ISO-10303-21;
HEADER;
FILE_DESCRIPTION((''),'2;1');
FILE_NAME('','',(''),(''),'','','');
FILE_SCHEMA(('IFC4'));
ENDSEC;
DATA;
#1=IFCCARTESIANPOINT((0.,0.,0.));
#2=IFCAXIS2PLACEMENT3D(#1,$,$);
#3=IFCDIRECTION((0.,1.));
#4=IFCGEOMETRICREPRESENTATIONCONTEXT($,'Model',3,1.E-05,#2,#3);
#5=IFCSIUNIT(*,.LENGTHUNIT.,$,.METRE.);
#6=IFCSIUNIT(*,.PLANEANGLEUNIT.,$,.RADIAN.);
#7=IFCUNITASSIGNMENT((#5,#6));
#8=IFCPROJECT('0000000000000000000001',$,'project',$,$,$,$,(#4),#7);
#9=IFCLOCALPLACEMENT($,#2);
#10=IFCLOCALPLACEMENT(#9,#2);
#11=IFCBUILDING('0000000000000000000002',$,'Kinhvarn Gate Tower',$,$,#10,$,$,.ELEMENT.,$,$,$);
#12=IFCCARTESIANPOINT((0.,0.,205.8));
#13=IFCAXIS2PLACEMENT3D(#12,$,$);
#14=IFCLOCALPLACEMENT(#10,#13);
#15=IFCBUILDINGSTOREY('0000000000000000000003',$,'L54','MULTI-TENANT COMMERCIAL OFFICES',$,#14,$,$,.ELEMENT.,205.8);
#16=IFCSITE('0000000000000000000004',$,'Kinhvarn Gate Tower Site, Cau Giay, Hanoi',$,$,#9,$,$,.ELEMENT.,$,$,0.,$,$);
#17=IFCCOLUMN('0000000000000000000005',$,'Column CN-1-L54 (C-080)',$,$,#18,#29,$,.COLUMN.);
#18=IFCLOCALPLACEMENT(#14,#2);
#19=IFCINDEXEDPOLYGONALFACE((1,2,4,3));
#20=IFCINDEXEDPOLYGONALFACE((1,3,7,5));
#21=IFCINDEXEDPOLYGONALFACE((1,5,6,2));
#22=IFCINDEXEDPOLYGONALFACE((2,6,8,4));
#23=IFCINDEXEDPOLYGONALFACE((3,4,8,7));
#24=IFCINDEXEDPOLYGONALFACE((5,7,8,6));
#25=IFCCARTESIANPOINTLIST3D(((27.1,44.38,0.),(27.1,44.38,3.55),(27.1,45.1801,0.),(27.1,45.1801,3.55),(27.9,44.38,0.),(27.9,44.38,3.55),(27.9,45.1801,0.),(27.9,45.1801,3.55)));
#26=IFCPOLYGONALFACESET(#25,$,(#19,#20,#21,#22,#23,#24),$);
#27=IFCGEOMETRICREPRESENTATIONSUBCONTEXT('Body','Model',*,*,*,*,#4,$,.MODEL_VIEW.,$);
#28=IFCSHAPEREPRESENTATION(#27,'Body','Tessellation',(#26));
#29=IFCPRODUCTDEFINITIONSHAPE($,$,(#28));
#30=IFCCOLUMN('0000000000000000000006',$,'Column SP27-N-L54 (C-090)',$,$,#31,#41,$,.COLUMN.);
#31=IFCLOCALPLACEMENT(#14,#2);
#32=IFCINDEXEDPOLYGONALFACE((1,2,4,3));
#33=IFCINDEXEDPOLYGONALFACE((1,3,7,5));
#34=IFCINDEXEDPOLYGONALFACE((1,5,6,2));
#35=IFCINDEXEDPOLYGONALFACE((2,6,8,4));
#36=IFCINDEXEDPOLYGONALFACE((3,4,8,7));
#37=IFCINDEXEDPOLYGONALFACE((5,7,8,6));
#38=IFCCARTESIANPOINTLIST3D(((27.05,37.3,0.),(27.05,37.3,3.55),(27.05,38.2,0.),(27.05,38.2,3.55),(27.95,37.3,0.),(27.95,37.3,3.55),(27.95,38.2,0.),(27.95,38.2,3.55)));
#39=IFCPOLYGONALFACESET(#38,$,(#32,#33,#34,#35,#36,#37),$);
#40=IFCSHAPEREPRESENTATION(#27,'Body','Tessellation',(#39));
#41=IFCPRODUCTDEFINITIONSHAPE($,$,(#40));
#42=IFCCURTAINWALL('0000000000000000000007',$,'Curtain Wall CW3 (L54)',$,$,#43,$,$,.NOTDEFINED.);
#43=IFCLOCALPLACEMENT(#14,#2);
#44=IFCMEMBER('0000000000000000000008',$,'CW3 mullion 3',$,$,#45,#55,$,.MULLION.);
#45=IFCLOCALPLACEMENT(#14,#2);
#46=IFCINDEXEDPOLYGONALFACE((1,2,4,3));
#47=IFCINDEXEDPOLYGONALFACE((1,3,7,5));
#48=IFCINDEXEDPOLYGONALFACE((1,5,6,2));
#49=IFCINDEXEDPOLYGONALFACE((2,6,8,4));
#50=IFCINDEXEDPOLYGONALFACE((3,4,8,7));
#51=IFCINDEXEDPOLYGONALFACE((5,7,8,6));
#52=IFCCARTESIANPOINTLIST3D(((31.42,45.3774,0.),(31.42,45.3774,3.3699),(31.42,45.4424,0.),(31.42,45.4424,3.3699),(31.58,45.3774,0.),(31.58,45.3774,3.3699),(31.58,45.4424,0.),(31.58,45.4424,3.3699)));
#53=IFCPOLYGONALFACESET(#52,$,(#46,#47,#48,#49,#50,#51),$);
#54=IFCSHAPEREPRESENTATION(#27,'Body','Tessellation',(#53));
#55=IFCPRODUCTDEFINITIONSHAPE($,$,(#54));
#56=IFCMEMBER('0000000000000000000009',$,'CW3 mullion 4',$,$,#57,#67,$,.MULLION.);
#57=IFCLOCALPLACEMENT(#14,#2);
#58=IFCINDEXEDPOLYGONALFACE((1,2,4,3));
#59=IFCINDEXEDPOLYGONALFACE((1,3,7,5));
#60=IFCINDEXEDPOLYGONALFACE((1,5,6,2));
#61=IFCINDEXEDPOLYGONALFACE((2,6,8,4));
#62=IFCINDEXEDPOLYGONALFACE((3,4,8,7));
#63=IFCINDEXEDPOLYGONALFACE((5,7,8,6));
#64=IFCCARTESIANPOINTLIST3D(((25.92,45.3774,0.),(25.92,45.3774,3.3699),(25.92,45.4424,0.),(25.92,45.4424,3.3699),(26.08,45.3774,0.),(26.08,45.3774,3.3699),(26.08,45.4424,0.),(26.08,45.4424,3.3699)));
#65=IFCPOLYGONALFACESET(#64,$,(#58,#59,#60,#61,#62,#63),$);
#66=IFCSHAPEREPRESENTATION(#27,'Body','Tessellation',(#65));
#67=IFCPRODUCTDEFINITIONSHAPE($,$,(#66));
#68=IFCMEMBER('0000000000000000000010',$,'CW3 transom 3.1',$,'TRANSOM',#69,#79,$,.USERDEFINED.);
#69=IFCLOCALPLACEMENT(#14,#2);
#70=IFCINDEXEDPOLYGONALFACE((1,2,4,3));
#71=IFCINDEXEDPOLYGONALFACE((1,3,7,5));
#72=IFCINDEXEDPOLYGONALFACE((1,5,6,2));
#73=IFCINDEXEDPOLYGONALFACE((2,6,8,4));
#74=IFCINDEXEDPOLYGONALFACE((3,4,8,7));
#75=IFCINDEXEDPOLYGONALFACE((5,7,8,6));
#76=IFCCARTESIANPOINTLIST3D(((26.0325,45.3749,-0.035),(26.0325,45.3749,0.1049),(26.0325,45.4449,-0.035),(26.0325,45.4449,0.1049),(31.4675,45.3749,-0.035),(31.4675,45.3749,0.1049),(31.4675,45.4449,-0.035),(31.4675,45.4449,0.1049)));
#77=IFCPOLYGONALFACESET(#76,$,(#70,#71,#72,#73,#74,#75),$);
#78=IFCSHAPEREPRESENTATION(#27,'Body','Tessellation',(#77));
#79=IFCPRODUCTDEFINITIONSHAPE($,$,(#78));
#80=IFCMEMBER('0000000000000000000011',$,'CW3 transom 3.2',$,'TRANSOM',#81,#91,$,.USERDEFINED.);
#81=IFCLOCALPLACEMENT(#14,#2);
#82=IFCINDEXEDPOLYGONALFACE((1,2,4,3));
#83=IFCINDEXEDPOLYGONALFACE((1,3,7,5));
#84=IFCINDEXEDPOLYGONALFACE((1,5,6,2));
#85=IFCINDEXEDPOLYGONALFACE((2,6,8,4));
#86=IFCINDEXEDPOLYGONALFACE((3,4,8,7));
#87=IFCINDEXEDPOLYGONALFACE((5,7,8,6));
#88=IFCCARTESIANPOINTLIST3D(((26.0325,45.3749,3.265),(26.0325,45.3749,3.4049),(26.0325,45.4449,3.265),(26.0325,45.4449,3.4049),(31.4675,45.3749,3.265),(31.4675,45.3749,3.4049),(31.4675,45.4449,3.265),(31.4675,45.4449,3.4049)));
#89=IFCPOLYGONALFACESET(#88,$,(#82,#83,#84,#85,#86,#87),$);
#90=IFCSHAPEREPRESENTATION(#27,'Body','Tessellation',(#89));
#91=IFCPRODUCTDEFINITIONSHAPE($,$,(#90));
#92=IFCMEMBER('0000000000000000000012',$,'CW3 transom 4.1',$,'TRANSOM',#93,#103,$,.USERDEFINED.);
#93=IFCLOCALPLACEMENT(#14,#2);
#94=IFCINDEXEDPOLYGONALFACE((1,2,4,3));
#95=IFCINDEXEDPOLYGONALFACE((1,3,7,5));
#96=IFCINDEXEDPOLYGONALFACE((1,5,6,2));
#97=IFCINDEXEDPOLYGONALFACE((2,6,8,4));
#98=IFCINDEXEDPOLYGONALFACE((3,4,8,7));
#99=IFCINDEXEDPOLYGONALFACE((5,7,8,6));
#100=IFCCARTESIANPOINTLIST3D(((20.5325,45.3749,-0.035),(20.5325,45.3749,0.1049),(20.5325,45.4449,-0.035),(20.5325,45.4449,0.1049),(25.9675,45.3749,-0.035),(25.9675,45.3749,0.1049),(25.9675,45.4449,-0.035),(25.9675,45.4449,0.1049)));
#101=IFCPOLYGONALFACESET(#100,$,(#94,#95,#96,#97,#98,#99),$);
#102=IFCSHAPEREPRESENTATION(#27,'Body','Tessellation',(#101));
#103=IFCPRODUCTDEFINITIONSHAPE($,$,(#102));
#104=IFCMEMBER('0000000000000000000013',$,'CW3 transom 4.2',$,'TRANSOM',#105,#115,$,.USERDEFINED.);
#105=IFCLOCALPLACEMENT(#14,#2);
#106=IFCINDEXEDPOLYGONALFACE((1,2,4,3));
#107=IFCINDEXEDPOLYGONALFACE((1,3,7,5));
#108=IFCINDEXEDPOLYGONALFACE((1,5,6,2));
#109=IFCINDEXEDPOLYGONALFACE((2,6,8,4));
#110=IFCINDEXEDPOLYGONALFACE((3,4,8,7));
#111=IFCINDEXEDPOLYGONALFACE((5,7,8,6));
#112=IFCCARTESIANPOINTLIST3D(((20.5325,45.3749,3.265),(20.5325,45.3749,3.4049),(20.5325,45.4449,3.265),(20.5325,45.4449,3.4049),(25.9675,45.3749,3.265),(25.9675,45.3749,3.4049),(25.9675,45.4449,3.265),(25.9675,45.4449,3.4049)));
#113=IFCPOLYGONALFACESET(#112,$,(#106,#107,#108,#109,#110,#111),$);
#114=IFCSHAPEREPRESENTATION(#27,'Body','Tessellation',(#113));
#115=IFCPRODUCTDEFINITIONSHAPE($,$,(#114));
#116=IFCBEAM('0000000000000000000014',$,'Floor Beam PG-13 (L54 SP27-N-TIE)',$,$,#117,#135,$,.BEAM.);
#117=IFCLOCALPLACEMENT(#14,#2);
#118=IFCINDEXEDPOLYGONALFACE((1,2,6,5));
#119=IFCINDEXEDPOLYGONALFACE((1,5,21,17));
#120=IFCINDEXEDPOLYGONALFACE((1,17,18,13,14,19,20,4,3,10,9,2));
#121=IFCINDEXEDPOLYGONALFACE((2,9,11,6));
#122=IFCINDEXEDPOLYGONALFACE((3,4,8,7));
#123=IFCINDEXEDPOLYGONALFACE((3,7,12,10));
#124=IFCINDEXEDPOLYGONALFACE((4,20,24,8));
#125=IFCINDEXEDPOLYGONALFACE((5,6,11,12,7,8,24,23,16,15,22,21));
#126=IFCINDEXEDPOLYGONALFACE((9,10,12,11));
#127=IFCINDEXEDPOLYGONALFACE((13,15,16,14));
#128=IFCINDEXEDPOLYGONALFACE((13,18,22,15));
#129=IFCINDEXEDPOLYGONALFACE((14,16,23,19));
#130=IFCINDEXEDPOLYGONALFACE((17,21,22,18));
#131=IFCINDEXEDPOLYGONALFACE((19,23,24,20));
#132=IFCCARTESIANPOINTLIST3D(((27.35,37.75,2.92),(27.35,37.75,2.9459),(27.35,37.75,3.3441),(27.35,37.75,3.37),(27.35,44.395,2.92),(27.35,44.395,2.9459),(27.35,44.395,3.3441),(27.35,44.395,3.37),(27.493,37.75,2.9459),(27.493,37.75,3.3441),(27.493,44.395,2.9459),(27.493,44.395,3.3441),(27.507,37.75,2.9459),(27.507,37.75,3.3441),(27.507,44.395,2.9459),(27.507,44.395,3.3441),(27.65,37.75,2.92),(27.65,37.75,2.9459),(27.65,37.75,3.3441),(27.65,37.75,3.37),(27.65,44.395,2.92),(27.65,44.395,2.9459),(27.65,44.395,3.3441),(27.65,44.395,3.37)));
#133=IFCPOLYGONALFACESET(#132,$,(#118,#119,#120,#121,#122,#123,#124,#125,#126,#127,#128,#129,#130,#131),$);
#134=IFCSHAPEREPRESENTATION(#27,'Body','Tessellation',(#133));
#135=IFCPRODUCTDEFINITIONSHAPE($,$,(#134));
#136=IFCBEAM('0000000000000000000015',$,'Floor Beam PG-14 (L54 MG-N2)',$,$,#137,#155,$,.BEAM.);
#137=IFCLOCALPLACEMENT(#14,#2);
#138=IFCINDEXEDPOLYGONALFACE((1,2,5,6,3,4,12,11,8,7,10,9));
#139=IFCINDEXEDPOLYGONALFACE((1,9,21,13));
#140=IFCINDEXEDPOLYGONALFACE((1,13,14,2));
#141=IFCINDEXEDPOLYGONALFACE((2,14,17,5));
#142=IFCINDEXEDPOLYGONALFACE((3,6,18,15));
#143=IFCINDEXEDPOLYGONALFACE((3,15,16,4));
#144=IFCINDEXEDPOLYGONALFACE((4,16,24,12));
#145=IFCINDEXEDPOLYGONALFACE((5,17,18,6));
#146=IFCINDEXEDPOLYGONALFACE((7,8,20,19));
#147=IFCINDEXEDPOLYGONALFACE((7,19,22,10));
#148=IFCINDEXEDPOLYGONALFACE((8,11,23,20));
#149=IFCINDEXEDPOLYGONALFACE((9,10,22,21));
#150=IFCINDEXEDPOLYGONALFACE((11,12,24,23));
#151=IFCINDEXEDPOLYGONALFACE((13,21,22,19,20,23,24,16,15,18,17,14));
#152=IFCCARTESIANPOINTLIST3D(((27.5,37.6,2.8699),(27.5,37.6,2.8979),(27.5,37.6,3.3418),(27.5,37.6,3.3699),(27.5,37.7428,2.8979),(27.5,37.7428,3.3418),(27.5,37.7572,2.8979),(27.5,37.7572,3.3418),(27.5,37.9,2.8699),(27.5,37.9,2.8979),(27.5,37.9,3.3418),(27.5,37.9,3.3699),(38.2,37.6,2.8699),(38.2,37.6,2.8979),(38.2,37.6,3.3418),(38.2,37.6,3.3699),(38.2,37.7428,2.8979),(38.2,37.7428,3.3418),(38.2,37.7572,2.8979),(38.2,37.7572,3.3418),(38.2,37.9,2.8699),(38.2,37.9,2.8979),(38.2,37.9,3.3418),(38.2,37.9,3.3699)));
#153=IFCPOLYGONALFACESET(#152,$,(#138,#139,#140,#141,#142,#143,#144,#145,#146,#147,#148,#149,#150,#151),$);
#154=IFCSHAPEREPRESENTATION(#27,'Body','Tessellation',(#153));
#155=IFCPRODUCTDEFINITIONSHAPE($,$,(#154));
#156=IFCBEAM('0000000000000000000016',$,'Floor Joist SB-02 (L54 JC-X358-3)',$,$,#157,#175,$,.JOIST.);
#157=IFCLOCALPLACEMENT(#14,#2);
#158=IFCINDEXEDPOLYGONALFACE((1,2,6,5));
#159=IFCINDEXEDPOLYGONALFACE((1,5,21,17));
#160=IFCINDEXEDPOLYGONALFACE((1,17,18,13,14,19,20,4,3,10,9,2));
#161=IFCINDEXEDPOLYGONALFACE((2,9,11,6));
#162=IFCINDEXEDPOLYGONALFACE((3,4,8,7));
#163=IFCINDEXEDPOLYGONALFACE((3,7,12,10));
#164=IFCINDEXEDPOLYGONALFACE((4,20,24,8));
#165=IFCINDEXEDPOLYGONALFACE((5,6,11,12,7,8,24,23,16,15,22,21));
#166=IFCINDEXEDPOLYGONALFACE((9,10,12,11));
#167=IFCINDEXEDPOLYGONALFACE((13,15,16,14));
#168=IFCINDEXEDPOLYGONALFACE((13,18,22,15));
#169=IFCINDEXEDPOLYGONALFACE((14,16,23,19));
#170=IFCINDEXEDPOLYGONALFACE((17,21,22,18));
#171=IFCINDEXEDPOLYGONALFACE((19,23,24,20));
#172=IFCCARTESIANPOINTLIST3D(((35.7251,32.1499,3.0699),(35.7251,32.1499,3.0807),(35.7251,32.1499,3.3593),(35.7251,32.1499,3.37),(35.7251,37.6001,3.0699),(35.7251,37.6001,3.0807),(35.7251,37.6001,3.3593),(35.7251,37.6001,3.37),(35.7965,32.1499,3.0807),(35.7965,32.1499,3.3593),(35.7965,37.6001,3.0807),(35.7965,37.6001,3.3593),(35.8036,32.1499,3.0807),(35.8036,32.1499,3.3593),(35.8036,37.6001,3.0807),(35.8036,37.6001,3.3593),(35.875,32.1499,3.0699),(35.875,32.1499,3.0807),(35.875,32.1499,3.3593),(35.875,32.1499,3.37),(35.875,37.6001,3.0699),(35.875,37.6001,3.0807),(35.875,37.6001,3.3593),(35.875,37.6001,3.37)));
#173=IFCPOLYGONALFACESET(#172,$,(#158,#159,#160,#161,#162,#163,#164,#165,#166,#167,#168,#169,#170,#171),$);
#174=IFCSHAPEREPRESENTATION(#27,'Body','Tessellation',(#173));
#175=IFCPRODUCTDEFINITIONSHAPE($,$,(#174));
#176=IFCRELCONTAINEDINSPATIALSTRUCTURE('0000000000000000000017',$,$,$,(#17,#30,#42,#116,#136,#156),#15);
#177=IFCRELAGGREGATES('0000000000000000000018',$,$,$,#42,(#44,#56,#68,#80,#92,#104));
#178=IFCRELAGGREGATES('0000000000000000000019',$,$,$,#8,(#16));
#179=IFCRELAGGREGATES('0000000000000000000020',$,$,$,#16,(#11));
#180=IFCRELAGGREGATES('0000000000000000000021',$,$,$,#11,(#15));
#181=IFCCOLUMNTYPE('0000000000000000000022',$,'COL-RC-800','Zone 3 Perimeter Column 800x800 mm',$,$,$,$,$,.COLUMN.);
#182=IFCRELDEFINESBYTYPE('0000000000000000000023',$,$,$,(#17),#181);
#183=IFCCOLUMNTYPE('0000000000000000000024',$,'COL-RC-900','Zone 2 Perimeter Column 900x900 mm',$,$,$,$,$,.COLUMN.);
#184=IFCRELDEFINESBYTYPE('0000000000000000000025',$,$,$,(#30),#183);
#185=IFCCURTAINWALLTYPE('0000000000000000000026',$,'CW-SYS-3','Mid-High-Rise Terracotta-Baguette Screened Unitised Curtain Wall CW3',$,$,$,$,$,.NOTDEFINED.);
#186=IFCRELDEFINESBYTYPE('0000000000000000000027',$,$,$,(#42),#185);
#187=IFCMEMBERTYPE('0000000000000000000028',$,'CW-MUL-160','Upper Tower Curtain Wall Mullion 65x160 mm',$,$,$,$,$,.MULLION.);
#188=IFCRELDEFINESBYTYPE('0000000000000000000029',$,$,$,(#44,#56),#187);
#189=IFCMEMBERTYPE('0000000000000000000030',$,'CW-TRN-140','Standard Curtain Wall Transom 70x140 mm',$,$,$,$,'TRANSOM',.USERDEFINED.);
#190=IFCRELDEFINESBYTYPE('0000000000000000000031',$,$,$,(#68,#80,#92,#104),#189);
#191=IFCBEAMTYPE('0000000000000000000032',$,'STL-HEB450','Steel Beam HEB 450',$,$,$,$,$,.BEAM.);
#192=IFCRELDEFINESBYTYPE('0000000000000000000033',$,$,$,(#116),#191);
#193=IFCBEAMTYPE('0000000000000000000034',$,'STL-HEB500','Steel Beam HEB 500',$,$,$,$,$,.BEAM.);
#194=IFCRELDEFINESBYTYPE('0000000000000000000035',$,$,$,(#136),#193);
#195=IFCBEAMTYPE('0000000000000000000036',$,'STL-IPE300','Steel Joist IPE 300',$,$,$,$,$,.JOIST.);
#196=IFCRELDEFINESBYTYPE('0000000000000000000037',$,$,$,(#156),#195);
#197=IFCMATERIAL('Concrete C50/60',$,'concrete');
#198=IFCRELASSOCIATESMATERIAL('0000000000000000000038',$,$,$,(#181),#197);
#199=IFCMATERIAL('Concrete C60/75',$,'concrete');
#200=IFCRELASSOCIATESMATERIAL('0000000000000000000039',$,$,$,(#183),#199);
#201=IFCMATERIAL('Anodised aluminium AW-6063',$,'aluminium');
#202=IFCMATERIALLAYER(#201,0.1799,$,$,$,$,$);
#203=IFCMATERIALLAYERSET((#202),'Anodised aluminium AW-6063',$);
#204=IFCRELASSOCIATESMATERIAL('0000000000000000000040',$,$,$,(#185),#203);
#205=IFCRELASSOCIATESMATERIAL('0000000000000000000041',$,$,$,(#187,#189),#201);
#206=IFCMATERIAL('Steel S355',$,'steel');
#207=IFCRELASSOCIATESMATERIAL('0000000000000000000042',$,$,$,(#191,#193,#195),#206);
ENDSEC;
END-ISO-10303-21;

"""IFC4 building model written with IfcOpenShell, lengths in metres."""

from ifc_helpers import new_model, si_unit, direction, frame, origin, origin_2d, place, context, subcontext, project, spatial, rectangle, i_section, extrude, material, layer, layer_set, material_profile, profile_set, type_object, element, aggregate, save


model = new_model("IFC4")

# Units and contexts
model_context = context("Model", 3, precision=1e-05, world=origin(), true_north=direction((0.0, 1.0)))
body_context = subcontext(model_context, "Body", "Model", "MODEL_VIEW")
ifc_project = project(units=[si_unit("LENGTHUNIT", "METRE"), si_unit("PLANEANGLEUNIT", "RADIAN")], contexts=[model_context])

# Site, building, storey
site_placement = place(None, origin())
site = spatial("IfcSite", under=ifc_project, at=site_placement, Name="Kinhvarn Gate Tower Site, Cau Giay, Hanoi", CompositionType="ELEMENT", RefElevation=0.0)
building_placement = place(site_placement, origin())
building = spatial("IfcBuilding", under=site, at=building_placement, Name="Kinhvarn Gate Tower", CompositionType="ELEMENT")
storey_placement = place(building_placement, frame((0.0, 0.0, 205.8)))
storey = spatial("IfcBuildingStorey", under=building, at=storey_placement, Name="L54", Description="MULTI-TENANT COMMERCIAL OFFICES", CompositionType="ELEMENT", Elevation=205.8)

# Columns
ifc_material_1 = material(Name="Concrete C50/60", Category="concrete")
ifc_material_profile_1 = material_profile(ifc_material_1, rectangle(XDim=0.8, YDim=0.8, at=origin_2d()), Name="RC 800x800")
ifc_profile_set_1 = profile_set([ifc_material_profile_1], Name="Concrete C50/60")
column_type_1 = type_object("IfcColumnType", Name="COL-RC-800", Description="Zone 3 Perimeter Column 800x800 mm", PredefinedType="COLUMN", material=ifc_profile_set_1)
column_1_placement = place(storey_placement, frame((27.5, 44.78, 0.0), z_axis=(0.0, 0.0, 1.0), x_axis=(1.0, 0.0, 0.0)))
element("IfcColumn", 1, at=column_1_placement, inside=storey, type_object=column_type_1, Name="Column CN-1-L54 (C-080)", PredefinedType="COLUMN", context=body_context, shape_type="SweptSolid", body=[
    extrude(rectangle(XDim=0.8, YDim=0.8, at=origin_2d()), origin(), (0.0, 0.0, 1.0), 3.55),
])
ifc_material_2 = material(Name="Concrete C60/75", Category="concrete")
ifc_material_profile_2 = material_profile(ifc_material_2, rectangle(XDim=0.8999, YDim=0.8999, at=origin_2d()), Name="RC 900x900")
ifc_profile_set_2 = profile_set([ifc_material_profile_2], Name="Concrete C60/75")
column_type_2 = type_object("IfcColumnType", Name="COL-RC-900", Description="Zone 2 Perimeter Column 900x900 mm", PredefinedType="COLUMN", material=ifc_profile_set_2)
column_2_placement = place(storey_placement, frame((27.5, 37.75, 0.0), z_axis=(0.0, 0.0, 1.0), x_axis=(1.0, 0.0, 0.0)))
element("IfcColumn", 2, at=column_2_placement, inside=storey, type_object=column_type_2, Name="Column SP27-N-L54 (C-090)", PredefinedType="COLUMN", context=body_context, shape_type="SweptSolid", body=[
    extrude(rectangle(XDim=0.8999, YDim=0.8999, at=origin_2d()), origin(), (0.0, 0.0, 1.0), 3.55),
])

# Curtain wall, members
ifc_material_3 = material(Name="Anodised aluminium AW-6063", Category="aluminium")
ifc_layer_1 = layer(ifc_material_3, 0.1799)
ifc_layer_set_1 = layer_set([ifc_layer_1], Name="Anodised aluminium AW-6063")
curtain_wall_type = type_object("IfcCurtainWallType", Name="CW-SYS-3", Description="Mid-High-Rise Terracotta-Baguette Screened Unitised Curtain Wall CW3", PredefinedType="NOTDEFINED", material=ifc_layer_set_1)
curtain_wall_placement = place(storey_placement, origin())
curtain_wall = element("IfcCurtainWall", 3, at=curtain_wall_placement, inside=storey, type_object=curtain_wall_type, Name="Curtain Wall CW3 (L54)", PredefinedType="NOTDEFINED")
ifc_material_profile_3 = material_profile(ifc_material_3, rectangle(XDim=0.0649, YDim=0.1599, at=origin_2d()), Name="ALU 65x160")
ifc_profile_set_3 = profile_set([ifc_material_profile_3], Name="Anodised aluminium AW-6063")
member_type_1 = type_object("IfcMemberType", Name="CW-MUL-160", Description="Upper Tower Curtain Wall Mullion 65x160 mm", PredefinedType="MULLION", material=ifc_profile_set_3)
member_1_placement = place(storey_placement, frame((31.5, 45.4099, 0.0), z_axis=(0.0, 0.0, 1.0), x_axis=(0.0, -1.0, 0.0)))
member_1 = element("IfcMember", 4, at=member_1_placement, type_object=member_type_1, Name="CW3 mullion 3", PredefinedType="MULLION", context=body_context, shape_type="SweptSolid", body=[
    extrude(rectangle(XDim=0.0649, YDim=0.1599, at=origin_2d()), origin(), (0.0, 0.0, 1.0), 3.3699),
])
member_2_placement = place(storey_placement, frame((26.0, 45.4099, 0.0), z_axis=(0.0, 0.0, 1.0), x_axis=(0.0, -1.0, 0.0)))
member_2 = element("IfcMember", 5, at=member_2_placement, type_object=member_type_1, Name="CW3 mullion 4", PredefinedType="MULLION", context=body_context, shape_type="SweptSolid", body=[
    extrude(rectangle(XDim=0.0649, YDim=0.1599, at=origin_2d()), origin(), (0.0, 0.0, 1.0), 3.3699),
])
ifc_material_profile_4 = material_profile(ifc_material_3, rectangle(XDim=0.0701, YDim=0.1399, at=origin_2d()), Name="ALU 70x140")
ifc_profile_set_4 = profile_set([ifc_material_profile_4], Name="Anodised aluminium AW-6063")
member_type_2 = type_object("IfcMemberType", Name="CW-TRN-140", Description="Standard Curtain Wall Transom 70x140 mm", ElementType="TRANSOM", PredefinedType="USERDEFINED", material=ifc_profile_set_4)
member_3_placement = place(storey_placement, frame((31.4675, 45.4099, 0.0349), z_axis=(-1.0, 0.0, 0.0), x_axis=(0.0, -1.0, 0.0)))
member_3 = element("IfcMember", 6, at=member_3_placement, type_object=member_type_2, Name="CW3 transom 3.1", ObjectType="TRANSOM", PredefinedType="USERDEFINED", context=body_context, shape_type="SweptSolid", body=[
    extrude(rectangle(XDim=0.0701, YDim=0.1399, at=origin_2d()), origin(), (0.0, 0.0, 1.0), 5.4351),
])
member_4_placement = place(storey_placement, frame((31.4675, 45.4099, 3.335), z_axis=(-1.0, 0.0, 0.0), x_axis=(0.0, -1.0, 0.0)))
member_4 = element("IfcMember", 7, at=member_4_placement, type_object=member_type_2, Name="CW3 transom 3.2", ObjectType="TRANSOM", PredefinedType="USERDEFINED", context=body_context, shape_type="SweptSolid", body=[
    extrude(rectangle(XDim=0.0701, YDim=0.1399, at=origin_2d()), origin(), (0.0, 0.0, 1.0), 5.4351),
])
member_5_placement = place(storey_placement, frame((25.9675, 45.4099, 0.0349), z_axis=(-1.0, 0.0, 0.0), x_axis=(0.0, -1.0, 0.0)))
member_5 = element("IfcMember", 8, at=member_5_placement, type_object=member_type_2, Name="CW3 transom 4.1", ObjectType="TRANSOM", PredefinedType="USERDEFINED", context=body_context, shape_type="SweptSolid", body=[
    extrude(rectangle(XDim=0.0701, YDim=0.1399, at=origin_2d()), origin(), (0.0, 0.0, 1.0), 5.4351),
])
member_6_placement = place(storey_placement, frame((25.9675, 45.4099, 3.335), z_axis=(-1.0, 0.0, 0.0), x_axis=(0.0, -1.0, 0.0)))
member_6 = element("IfcMember", 9, at=member_6_placement, type_object=member_type_2, Name="CW3 transom 4.2", ObjectType="TRANSOM", PredefinedType="USERDEFINED", context=body_context, shape_type="SweptSolid", body=[
    extrude(rectangle(XDim=0.0701, YDim=0.1399, at=origin_2d()), origin(), (0.0, 0.0, 1.0), 5.4351),
])

# Beams
ifc_material_4 = material(Name="Steel S355", Category="steel")
ifc_material_profile_5 = material_profile(ifc_material_4, i_section(OverallWidth=0.3, OverallDepth=0.45, WebThickness=0.0139, FlangeThickness=0.0259, at=origin_2d()), Name="HEB 450")
ifc_profile_set_5 = profile_set([ifc_material_profile_5], Name="Steel S355")
beam_type_1 = type_object("IfcBeamType", Name="STL-HEB450", Description="Steel Beam HEB 450", PredefinedType="BEAM", material=ifc_profile_set_5)
beam_1_placement = place(storey_placement, frame((27.5, 37.75, 3.145), z_axis=(0.0, 1.0, 0.0), x_axis=(-1.0, 0.0, 0.0)))
element("IfcBeam", 10, at=beam_1_placement, inside=storey, type_object=beam_type_1, Name="Floor Beam PG-13 (L54 SP27-N-TIE)", PredefinedType="BEAM", context=body_context, shape_type="SweptSolid", body=[
    extrude(i_section(OverallWidth=0.3, OverallDepth=0.45, WebThickness=0.0139, FlangeThickness=0.0259, at=origin_2d()), origin(), (0.0, 0.0, 1.0), 6.645),
])
ifc_material_profile_6 = material_profile(ifc_material_4, i_section(OverallWidth=0.3, OverallDepth=0.5, WebThickness=0.0144, FlangeThickness=0.0281, at=origin_2d()), Name="HEB 500")
ifc_profile_set_6 = profile_set([ifc_material_profile_6], Name="Steel S355")
beam_type_2 = type_object("IfcBeamType", Name="STL-HEB500", Description="Steel Beam HEB 500", PredefinedType="BEAM", material=ifc_profile_set_6)
beam_2_placement = place(storey_placement, frame((27.5, 37.75, 3.1199), z_axis=(1.0, 0.0, 0.0), x_axis=(0.0, 1.0, 0.0)))
element("IfcBeam", 11, at=beam_2_placement, inside=storey, type_object=beam_type_2, Name="Floor Beam PG-14 (L54 MG-N2)", PredefinedType="BEAM", context=body_context, shape_type="SweptSolid", body=[
    extrude(i_section(OverallWidth=0.3, OverallDepth=0.5, WebThickness=0.0144, FlangeThickness=0.0281, at=origin_2d()), origin(), (0.0, 0.0, 1.0), 10.7),
])
ifc_material_profile_7 = material_profile(ifc_material_4, i_section(OverallWidth=0.1499, OverallDepth=0.3, WebThickness=0.0071, FlangeThickness=0.0107, at=origin_2d()), Name="IPE 300")
ifc_profile_set_7 = profile_set([ifc_material_profile_7], Name="Steel S355")
beam_type_3 = type_object("IfcBeamType", Name="STL-IPE300", Description="Steel Joist IPE 300", PredefinedType="JOIST", material=ifc_profile_set_7)
beam_3_placement = place(storey_placement, frame((35.8, 32.1499, 3.22), z_axis=(0.0, 1.0, 0.0), x_axis=(-1.0, 0.0, 0.0)))
element("IfcBeam", 12, at=beam_3_placement, inside=storey, type_object=beam_type_3, Name="Floor Joist SB-02 (L54 JC-X358-3)", PredefinedType="JOIST", context=body_context, shape_type="SweptSolid", body=[
    extrude(i_section(OverallWidth=0.1499, OverallDepth=0.3, WebThickness=0.0071, FlangeThickness=0.0107, at=origin_2d()), origin(), (0.0, 0.0, 1.0), 5.4502),
])

aggregate(curtain_wall, [member_1, member_2, member_3, member_4, member_5, member_6])

save(model, "model.ifc")
